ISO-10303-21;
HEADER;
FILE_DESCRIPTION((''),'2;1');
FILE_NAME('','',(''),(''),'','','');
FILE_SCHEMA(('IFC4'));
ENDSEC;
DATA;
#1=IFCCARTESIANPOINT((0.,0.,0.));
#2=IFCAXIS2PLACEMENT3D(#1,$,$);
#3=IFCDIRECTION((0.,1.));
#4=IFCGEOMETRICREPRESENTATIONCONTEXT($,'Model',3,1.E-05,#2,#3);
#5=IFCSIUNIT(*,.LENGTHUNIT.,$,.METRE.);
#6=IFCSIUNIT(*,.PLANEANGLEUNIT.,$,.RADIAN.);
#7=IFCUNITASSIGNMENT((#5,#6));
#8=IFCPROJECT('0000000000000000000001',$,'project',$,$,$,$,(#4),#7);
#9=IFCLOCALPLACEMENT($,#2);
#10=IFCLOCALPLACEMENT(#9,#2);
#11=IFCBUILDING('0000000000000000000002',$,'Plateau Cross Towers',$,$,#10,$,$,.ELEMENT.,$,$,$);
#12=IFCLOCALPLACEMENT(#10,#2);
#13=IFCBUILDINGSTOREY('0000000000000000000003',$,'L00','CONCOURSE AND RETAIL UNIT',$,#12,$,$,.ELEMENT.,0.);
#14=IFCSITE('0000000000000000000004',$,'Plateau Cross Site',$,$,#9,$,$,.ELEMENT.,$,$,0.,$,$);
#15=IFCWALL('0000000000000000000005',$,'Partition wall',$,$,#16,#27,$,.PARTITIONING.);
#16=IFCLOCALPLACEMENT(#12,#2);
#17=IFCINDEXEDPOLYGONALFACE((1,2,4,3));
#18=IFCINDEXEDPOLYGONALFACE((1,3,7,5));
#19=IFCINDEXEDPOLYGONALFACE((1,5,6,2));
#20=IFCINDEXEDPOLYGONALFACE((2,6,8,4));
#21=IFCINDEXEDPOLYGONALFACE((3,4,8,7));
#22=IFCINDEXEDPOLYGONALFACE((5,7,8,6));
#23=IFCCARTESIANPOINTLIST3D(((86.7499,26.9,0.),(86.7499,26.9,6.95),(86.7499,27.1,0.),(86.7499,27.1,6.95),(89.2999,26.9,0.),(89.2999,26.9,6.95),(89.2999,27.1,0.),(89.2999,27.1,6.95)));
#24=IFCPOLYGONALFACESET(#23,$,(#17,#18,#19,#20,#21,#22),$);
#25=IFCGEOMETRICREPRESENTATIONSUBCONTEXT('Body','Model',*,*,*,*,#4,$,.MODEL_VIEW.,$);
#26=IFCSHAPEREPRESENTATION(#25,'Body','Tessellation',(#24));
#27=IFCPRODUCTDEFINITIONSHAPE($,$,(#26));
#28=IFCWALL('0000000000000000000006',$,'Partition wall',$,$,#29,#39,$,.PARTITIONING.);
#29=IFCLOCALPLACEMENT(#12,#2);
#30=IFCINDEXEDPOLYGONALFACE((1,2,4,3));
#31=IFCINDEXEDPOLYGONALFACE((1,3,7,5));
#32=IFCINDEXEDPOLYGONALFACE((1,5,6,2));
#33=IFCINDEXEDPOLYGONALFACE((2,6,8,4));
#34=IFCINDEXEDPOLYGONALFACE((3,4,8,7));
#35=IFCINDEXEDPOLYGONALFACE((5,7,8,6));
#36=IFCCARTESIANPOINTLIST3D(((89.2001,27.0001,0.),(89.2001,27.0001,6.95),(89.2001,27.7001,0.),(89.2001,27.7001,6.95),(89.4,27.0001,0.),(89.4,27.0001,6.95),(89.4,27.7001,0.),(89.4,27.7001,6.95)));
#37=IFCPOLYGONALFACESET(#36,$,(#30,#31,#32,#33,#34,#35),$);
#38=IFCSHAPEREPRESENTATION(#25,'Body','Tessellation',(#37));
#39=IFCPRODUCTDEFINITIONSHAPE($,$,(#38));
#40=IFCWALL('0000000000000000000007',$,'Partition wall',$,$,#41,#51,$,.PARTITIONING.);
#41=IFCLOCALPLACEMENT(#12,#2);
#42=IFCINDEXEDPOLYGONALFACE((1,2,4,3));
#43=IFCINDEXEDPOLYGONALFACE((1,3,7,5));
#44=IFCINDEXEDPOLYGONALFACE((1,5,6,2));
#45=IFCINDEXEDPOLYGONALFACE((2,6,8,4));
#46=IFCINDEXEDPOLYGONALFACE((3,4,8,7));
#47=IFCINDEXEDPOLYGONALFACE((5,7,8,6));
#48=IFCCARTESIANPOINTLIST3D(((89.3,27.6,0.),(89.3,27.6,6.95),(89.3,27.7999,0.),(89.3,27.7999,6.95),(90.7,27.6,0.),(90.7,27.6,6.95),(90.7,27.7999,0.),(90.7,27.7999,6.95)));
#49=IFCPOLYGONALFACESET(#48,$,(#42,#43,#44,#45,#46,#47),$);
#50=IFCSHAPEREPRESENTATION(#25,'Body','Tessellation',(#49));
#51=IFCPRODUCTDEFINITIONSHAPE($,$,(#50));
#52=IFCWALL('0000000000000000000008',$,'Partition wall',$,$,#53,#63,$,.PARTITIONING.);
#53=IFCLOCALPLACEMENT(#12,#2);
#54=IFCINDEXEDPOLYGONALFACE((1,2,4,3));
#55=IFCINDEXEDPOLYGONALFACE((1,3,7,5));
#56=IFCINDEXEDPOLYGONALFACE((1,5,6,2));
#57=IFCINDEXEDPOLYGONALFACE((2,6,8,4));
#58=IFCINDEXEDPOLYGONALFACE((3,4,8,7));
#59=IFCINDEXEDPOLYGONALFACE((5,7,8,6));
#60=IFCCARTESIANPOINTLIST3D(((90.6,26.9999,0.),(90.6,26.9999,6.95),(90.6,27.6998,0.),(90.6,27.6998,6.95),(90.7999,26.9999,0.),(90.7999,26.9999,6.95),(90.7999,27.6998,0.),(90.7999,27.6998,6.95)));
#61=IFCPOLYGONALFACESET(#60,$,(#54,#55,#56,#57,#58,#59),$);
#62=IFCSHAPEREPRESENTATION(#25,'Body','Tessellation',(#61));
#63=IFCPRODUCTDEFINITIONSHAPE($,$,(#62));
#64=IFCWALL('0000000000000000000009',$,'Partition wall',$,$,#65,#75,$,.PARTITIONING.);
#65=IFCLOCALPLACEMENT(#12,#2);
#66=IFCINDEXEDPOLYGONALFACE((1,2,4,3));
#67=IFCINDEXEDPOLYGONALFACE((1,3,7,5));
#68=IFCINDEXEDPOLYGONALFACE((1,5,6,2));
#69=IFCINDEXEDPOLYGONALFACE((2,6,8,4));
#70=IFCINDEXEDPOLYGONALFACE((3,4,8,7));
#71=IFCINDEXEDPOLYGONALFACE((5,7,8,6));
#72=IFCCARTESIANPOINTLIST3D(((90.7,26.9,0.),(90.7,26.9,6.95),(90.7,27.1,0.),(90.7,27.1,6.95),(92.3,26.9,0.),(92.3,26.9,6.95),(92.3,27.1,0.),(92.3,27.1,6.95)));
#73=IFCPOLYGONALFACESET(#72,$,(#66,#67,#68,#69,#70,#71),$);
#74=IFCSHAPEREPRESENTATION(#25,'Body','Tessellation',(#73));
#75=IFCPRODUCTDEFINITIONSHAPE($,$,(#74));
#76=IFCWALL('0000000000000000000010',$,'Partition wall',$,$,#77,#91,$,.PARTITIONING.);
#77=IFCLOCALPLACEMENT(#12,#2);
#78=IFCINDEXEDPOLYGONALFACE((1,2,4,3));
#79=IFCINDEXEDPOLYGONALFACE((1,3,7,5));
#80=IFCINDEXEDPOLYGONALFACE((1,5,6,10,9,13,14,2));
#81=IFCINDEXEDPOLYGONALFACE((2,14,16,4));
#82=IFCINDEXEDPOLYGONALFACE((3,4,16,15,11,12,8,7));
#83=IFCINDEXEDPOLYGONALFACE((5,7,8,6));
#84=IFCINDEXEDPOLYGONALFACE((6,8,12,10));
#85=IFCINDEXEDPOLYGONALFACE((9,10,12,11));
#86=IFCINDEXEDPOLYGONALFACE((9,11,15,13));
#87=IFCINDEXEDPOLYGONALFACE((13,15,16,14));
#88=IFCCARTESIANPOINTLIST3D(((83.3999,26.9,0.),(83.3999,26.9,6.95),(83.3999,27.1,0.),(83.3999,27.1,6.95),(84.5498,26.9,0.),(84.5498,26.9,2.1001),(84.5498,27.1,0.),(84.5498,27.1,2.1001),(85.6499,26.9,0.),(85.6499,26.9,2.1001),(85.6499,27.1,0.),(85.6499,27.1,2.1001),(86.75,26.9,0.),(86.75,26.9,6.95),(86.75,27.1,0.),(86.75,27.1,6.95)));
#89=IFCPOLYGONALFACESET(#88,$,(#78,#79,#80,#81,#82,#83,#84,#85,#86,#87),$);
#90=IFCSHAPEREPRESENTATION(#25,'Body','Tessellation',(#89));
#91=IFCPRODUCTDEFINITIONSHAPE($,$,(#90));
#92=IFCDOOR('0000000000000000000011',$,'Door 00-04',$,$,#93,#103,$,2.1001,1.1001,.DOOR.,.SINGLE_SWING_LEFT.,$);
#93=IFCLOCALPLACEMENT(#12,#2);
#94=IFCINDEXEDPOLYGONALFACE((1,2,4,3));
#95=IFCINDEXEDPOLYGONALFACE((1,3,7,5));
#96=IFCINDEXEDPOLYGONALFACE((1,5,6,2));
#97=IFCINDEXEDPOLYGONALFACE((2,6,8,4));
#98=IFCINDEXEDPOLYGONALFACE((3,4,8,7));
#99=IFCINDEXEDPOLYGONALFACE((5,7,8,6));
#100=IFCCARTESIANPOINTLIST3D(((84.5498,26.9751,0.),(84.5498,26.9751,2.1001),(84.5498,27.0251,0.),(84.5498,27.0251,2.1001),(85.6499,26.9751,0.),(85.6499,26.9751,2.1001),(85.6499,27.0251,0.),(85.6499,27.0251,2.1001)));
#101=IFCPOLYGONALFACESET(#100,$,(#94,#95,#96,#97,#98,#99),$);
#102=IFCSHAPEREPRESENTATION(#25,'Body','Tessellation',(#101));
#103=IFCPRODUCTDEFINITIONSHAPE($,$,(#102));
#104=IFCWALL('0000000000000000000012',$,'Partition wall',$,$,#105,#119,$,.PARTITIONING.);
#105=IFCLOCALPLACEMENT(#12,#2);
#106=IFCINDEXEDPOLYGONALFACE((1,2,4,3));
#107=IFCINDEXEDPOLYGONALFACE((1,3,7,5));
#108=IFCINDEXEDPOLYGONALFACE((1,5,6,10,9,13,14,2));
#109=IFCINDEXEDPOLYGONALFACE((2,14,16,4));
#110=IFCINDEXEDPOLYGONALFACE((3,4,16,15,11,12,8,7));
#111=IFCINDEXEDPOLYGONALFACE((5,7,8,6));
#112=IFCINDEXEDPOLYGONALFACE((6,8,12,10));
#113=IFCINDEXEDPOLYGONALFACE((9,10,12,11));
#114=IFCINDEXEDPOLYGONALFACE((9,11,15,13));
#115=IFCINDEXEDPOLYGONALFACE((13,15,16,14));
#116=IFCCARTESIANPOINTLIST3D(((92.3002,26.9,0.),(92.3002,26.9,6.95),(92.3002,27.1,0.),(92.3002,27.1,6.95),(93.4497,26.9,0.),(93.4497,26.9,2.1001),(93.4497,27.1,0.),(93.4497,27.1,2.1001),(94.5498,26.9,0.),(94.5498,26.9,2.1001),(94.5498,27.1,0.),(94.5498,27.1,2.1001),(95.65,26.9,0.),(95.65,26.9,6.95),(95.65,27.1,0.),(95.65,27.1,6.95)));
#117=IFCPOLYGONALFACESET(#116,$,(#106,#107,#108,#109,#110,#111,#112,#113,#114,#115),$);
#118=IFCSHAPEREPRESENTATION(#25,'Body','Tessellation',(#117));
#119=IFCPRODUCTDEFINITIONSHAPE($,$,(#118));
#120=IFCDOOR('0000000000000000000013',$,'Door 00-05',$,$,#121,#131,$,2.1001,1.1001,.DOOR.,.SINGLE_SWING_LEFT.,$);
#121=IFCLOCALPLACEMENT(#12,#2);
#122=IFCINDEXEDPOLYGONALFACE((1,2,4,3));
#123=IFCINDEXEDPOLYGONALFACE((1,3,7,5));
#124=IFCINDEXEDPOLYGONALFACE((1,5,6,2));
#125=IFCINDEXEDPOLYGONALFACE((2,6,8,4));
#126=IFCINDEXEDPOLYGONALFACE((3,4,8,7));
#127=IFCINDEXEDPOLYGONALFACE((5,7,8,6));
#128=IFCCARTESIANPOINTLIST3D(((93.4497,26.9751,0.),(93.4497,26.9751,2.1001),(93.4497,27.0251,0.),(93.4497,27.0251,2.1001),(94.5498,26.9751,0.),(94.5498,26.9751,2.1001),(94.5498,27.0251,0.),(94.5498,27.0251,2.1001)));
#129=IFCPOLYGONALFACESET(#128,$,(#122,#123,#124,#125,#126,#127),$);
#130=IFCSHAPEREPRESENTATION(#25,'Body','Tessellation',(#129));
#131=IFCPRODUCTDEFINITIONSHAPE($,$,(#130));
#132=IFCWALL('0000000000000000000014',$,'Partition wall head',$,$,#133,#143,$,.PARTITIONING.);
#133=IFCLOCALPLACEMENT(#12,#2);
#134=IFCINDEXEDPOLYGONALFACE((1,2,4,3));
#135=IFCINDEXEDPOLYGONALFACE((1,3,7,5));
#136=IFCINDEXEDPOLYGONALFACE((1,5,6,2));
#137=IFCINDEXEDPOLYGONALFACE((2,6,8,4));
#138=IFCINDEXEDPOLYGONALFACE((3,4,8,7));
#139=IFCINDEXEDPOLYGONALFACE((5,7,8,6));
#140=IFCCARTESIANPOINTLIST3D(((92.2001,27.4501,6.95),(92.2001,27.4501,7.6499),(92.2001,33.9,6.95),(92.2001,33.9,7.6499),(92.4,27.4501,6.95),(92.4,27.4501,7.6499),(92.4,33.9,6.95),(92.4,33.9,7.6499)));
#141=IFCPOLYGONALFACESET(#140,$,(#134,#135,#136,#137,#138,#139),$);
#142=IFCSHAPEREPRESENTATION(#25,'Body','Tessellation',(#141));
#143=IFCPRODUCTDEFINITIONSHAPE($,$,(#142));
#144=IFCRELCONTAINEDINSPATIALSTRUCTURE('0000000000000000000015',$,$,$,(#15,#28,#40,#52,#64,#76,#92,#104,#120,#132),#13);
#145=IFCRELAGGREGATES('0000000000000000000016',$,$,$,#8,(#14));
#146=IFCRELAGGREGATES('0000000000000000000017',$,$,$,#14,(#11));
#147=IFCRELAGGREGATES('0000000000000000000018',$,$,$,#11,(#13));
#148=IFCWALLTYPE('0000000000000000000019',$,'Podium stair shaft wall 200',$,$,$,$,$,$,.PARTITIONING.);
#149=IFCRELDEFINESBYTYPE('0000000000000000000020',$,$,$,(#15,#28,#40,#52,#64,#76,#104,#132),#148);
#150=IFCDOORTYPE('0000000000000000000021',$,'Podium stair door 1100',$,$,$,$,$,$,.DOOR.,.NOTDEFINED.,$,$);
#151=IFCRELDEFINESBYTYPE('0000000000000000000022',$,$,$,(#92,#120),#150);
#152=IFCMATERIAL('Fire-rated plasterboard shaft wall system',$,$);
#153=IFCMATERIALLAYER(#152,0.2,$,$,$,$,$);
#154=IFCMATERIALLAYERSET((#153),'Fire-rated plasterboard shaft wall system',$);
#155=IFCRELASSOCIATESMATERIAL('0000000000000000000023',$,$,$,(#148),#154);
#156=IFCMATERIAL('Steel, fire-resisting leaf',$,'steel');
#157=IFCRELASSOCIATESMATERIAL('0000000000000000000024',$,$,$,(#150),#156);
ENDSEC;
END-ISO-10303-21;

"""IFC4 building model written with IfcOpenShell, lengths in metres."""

from ifc_helpers import new_model, si_unit, direction, frame, frame_2d, origin, place, context, subcontext, project, spatial, rectangle, extrude, material, layer, layer_set, type_object, element, fill, save


model = new_model("IFC4")

# Units and contexts
model_context = context("Model", 3, precision=1e-05, world=origin(), true_north=direction((0.0, 1.0)))
body_context = subcontext(model_context, "Body", "Model", "MODEL_VIEW")
ifc_project = project(units=[si_unit("LENGTHUNIT", "METRE"), si_unit("PLANEANGLEUNIT", "RADIAN")], contexts=[model_context])

# Site, building, storey
site_placement = place(None, origin())
site = spatial("IfcSite", under=ifc_project, at=site_placement, Name="Plateau Cross Site", CompositionType="ELEMENT", RefElevation=0.0)
building_placement = place(site_placement, origin())
building = spatial("IfcBuilding", under=site, at=building_placement, Name="Plateau Cross Towers", CompositionType="ELEMENT")
storey_placement = place(building_placement, origin())
storey = spatial("IfcBuildingStorey", under=building, at=storey_placement, Name="L00", Description="CONCOURSE AND RETAIL UNIT", CompositionType="ELEMENT", Elevation=0.0)

# Walls
ifc_material_1 = material(Name="Fire-rated plasterboard shaft wall system")
ifc_layer_1 = layer(ifc_material_1, 0.2)
ifc_layer_set_1 = layer_set([ifc_layer_1], Name="Fire-rated plasterboard shaft wall system")
wall_type_1 = type_object("IfcWallType", Name="Podium stair shaft wall 200", PredefinedType="PARTITIONING", material=ifc_layer_set_1)
wall_1_placement = place(storey_placement, frame((86.75, 27.0, 0.0), z_axis=(0.0, 0.0, 1.0), x_axis=(1.0, 0.0, 0.0)))
element("IfcWall", 1, at=wall_1_placement, inside=storey, type_object=wall_type_1, Name="Partition wall", PredefinedType="PARTITIONING", context=body_context, shape_type="SweptSolid", body=[
    extrude(rectangle(XDim=2.55, YDim=0.2, at=frame_2d((1.2749, 0.0))), origin(), (0.0, 0.0, 1.0), 6.95),
])
wall_2_placement = place(storey_placement, frame((89.3, 27.0, 0.0), z_axis=(0.0, 0.0, 1.0), x_axis=(0.0, 1.0, 0.0)))
element("IfcWall", 2, at=wall_2_placement, inside=storey, type_object=wall_type_1, Name="Partition wall", PredefinedType="PARTITIONING", context=body_context, shape_type="SweptSolid", body=[
    extrude(rectangle(XDim=0.7, YDim=0.2, at=frame_2d((0.3501, 0.0))), origin(), (0.0, 0.0, 1.0), 6.95),
])
wall_3_placement = place(storey_placement, frame((89.3, 27.7, 0.0), z_axis=(0.0, 0.0, 1.0), x_axis=(1.0, 0.0, 0.0)))
element("IfcWall", 3, at=wall_3_placement, inside=storey, type_object=wall_type_1, Name="Partition wall", PredefinedType="PARTITIONING", context=body_context, shape_type="SweptSolid", body=[
    extrude(rectangle(XDim=1.3999, YDim=0.2, at=frame_2d((0.7, 0.0))), origin(), (0.0, 0.0, 1.0), 6.95),
])
wall_4_placement = place(storey_placement, frame((90.7, 27.7, 0.0), z_axis=(0.0, 0.0, 1.0), x_axis=(0.0, -1.0, 0.0)))
element("IfcWall", 4, at=wall_4_placement, inside=storey, type_object=wall_type_1, Name="Partition wall", PredefinedType="PARTITIONING", context=body_context, shape_type="SweptSolid", body=[
    extrude(rectangle(XDim=0.7, YDim=0.2, at=frame_2d((0.3501, 0.0))), origin(), (0.0, 0.0, 1.0), 6.95),
])
wall_5_placement = place(storey_placement, frame((90.7, 27.0, 0.0), z_axis=(0.0, 0.0, 1.0), x_axis=(1.0, 0.0, 0.0)))
element("IfcWall", 5, at=wall_5_placement, inside=storey, type_object=wall_type_1, Name="Partition wall", PredefinedType="PARTITIONING", context=body_context, shape_type="SweptSolid", body=[
    extrude(rectangle(XDim=1.6001, YDim=0.2, at=frame_2d((0.8, 0.0))), origin(), (0.0, 0.0, 1.0), 6.95),
])

# Walls, openings, doors
wall_6_placement = place(storey_placement, frame((86.75, 27.0, 0.0), z_axis=(0.0, 0.0, 1.0), x_axis=(-1.0, 0.0, 0.0)))
wall_6 = element("IfcWall", 6, at=wall_6_placement, inside=storey, type_object=wall_type_1, Name="Partition wall", PredefinedType="PARTITIONING", context=body_context, shape_type="SweptSolid", body=[
    extrude(rectangle(XDim=3.3501, YDim=0.2, at=frame_2d((1.675, 0.0))), origin(), (0.0, 0.0, 1.0), 6.95),
])
opening_1_placement = place(wall_6_placement, frame((1.1001, 0.0, 0.0)))
opening_1 = element("IfcOpeningElement", 7, at=opening_1_placement, cuts=wall_6, PredefinedType="OPENING", context=body_context, shape_type="SweptSolid", body=[
    extrude(rectangle(XDim=1.1001, YDim=2.1001, at=frame_2d((0.55, 1.05))), frame((0.0, 0.1099, 0.0), z_axis=(0.0, -1.0, 0.0), x_axis=(1.0, 0.0, 0.0)), (0.0, 0.0, 1.0), 0.22),
])
ifc_material_2 = material(Name="Steel, fire-resisting leaf", Category="steel")
door_type_1 = type_object("IfcDoorType", Name="Podium stair door 1100", OperationType="NOTDEFINED", PredefinedType="DOOR", material=ifc_material_2)
door_1_placement = place(opening_1_placement, origin())
door_1 = element("IfcDoor", 8, at=door_1_placement, inside=storey, type_object=door_type_1, Name="Door 00-04", OperationType="SINGLE_SWING_LEFT", OverallHeight=2.1001, OverallWidth=1.1001, PredefinedType="DOOR", context=body_context, shape_type="SweptSolid", body=[
    extrude(rectangle(XDim=1.1001, YDim=2.1001, at=frame_2d((0.55, 1.05))), frame((0.0, 0.0249, 0.0), z_axis=(0.0, -1.0, 0.0), x_axis=(1.0, 0.0, 0.0)), (0.0, 0.0, 1.0), 0.05),
])
fill(opening_1, door_1)
wall_7_placement = place(storey_placement, frame((95.6499, 27.0, 0.0), z_axis=(0.0, 0.0, 1.0), x_axis=(-1.0, 0.0, 0.0)))
wall_7 = element("IfcWall", 9, at=wall_7_placement, inside=storey, type_object=wall_type_1, Name="Partition wall", PredefinedType="PARTITIONING", context=body_context, shape_type="SweptSolid", body=[
    extrude(rectangle(XDim=3.3499, YDim=0.2, at=frame_2d((1.6748, 0.0))), origin(), (0.0, 0.0, 1.0), 6.95),
])
opening_2_placement = place(wall_7_placement, frame((1.1001, 0.0, 0.0)))
opening_2 = element("IfcOpeningElement", 10, at=opening_2_placement, cuts=wall_7, PredefinedType="OPENING", context=body_context, shape_type="SweptSolid", body=[
    extrude(rectangle(XDim=1.1001, YDim=2.1001, at=frame_2d((0.55, 1.05))), frame((0.0, 0.1099, 0.0), z_axis=(0.0, -1.0, 0.0), x_axis=(1.0, 0.0, 0.0)), (0.0, 0.0, 1.0), 0.22),
])
door_2_placement = place(opening_2_placement, origin())
door_2 = element("IfcDoor", 11, at=door_2_placement, inside=storey, type_object=door_type_1, Name="Door 00-05", OperationType="SINGLE_SWING_LEFT", OverallHeight=2.1001, OverallWidth=1.1001, PredefinedType="DOOR", context=body_context, shape_type="SweptSolid", body=[
    extrude(rectangle(XDim=1.1001, YDim=2.1001, at=frame_2d((0.55, 1.05))), frame((0.0, 0.0249, 0.0), z_axis=(0.0, -1.0, 0.0), x_axis=(1.0, 0.0, 0.0)), (0.0, 0.0, 1.0), 0.05),
])
fill(opening_2, door_2)

# Wall
wall_8_placement = place(storey_placement, frame((92.3, 27.45, 6.95), z_axis=(0.0, 0.0, 1.0), x_axis=(0.0, 1.0, 0.0)))
element("IfcWall", 12, at=wall_8_placement, inside=storey, type_object=wall_type_1, Name="Partition wall head", PredefinedType="PARTITIONING", context=body_context, shape_type="SweptSolid", body=[
    extrude(rectangle(XDim=6.45, YDim=0.2, at=frame_2d((3.2251, 0.0))), origin(), (0.0, 0.0, 1.0), 0.7),
])

save(model, "model.ifc")
